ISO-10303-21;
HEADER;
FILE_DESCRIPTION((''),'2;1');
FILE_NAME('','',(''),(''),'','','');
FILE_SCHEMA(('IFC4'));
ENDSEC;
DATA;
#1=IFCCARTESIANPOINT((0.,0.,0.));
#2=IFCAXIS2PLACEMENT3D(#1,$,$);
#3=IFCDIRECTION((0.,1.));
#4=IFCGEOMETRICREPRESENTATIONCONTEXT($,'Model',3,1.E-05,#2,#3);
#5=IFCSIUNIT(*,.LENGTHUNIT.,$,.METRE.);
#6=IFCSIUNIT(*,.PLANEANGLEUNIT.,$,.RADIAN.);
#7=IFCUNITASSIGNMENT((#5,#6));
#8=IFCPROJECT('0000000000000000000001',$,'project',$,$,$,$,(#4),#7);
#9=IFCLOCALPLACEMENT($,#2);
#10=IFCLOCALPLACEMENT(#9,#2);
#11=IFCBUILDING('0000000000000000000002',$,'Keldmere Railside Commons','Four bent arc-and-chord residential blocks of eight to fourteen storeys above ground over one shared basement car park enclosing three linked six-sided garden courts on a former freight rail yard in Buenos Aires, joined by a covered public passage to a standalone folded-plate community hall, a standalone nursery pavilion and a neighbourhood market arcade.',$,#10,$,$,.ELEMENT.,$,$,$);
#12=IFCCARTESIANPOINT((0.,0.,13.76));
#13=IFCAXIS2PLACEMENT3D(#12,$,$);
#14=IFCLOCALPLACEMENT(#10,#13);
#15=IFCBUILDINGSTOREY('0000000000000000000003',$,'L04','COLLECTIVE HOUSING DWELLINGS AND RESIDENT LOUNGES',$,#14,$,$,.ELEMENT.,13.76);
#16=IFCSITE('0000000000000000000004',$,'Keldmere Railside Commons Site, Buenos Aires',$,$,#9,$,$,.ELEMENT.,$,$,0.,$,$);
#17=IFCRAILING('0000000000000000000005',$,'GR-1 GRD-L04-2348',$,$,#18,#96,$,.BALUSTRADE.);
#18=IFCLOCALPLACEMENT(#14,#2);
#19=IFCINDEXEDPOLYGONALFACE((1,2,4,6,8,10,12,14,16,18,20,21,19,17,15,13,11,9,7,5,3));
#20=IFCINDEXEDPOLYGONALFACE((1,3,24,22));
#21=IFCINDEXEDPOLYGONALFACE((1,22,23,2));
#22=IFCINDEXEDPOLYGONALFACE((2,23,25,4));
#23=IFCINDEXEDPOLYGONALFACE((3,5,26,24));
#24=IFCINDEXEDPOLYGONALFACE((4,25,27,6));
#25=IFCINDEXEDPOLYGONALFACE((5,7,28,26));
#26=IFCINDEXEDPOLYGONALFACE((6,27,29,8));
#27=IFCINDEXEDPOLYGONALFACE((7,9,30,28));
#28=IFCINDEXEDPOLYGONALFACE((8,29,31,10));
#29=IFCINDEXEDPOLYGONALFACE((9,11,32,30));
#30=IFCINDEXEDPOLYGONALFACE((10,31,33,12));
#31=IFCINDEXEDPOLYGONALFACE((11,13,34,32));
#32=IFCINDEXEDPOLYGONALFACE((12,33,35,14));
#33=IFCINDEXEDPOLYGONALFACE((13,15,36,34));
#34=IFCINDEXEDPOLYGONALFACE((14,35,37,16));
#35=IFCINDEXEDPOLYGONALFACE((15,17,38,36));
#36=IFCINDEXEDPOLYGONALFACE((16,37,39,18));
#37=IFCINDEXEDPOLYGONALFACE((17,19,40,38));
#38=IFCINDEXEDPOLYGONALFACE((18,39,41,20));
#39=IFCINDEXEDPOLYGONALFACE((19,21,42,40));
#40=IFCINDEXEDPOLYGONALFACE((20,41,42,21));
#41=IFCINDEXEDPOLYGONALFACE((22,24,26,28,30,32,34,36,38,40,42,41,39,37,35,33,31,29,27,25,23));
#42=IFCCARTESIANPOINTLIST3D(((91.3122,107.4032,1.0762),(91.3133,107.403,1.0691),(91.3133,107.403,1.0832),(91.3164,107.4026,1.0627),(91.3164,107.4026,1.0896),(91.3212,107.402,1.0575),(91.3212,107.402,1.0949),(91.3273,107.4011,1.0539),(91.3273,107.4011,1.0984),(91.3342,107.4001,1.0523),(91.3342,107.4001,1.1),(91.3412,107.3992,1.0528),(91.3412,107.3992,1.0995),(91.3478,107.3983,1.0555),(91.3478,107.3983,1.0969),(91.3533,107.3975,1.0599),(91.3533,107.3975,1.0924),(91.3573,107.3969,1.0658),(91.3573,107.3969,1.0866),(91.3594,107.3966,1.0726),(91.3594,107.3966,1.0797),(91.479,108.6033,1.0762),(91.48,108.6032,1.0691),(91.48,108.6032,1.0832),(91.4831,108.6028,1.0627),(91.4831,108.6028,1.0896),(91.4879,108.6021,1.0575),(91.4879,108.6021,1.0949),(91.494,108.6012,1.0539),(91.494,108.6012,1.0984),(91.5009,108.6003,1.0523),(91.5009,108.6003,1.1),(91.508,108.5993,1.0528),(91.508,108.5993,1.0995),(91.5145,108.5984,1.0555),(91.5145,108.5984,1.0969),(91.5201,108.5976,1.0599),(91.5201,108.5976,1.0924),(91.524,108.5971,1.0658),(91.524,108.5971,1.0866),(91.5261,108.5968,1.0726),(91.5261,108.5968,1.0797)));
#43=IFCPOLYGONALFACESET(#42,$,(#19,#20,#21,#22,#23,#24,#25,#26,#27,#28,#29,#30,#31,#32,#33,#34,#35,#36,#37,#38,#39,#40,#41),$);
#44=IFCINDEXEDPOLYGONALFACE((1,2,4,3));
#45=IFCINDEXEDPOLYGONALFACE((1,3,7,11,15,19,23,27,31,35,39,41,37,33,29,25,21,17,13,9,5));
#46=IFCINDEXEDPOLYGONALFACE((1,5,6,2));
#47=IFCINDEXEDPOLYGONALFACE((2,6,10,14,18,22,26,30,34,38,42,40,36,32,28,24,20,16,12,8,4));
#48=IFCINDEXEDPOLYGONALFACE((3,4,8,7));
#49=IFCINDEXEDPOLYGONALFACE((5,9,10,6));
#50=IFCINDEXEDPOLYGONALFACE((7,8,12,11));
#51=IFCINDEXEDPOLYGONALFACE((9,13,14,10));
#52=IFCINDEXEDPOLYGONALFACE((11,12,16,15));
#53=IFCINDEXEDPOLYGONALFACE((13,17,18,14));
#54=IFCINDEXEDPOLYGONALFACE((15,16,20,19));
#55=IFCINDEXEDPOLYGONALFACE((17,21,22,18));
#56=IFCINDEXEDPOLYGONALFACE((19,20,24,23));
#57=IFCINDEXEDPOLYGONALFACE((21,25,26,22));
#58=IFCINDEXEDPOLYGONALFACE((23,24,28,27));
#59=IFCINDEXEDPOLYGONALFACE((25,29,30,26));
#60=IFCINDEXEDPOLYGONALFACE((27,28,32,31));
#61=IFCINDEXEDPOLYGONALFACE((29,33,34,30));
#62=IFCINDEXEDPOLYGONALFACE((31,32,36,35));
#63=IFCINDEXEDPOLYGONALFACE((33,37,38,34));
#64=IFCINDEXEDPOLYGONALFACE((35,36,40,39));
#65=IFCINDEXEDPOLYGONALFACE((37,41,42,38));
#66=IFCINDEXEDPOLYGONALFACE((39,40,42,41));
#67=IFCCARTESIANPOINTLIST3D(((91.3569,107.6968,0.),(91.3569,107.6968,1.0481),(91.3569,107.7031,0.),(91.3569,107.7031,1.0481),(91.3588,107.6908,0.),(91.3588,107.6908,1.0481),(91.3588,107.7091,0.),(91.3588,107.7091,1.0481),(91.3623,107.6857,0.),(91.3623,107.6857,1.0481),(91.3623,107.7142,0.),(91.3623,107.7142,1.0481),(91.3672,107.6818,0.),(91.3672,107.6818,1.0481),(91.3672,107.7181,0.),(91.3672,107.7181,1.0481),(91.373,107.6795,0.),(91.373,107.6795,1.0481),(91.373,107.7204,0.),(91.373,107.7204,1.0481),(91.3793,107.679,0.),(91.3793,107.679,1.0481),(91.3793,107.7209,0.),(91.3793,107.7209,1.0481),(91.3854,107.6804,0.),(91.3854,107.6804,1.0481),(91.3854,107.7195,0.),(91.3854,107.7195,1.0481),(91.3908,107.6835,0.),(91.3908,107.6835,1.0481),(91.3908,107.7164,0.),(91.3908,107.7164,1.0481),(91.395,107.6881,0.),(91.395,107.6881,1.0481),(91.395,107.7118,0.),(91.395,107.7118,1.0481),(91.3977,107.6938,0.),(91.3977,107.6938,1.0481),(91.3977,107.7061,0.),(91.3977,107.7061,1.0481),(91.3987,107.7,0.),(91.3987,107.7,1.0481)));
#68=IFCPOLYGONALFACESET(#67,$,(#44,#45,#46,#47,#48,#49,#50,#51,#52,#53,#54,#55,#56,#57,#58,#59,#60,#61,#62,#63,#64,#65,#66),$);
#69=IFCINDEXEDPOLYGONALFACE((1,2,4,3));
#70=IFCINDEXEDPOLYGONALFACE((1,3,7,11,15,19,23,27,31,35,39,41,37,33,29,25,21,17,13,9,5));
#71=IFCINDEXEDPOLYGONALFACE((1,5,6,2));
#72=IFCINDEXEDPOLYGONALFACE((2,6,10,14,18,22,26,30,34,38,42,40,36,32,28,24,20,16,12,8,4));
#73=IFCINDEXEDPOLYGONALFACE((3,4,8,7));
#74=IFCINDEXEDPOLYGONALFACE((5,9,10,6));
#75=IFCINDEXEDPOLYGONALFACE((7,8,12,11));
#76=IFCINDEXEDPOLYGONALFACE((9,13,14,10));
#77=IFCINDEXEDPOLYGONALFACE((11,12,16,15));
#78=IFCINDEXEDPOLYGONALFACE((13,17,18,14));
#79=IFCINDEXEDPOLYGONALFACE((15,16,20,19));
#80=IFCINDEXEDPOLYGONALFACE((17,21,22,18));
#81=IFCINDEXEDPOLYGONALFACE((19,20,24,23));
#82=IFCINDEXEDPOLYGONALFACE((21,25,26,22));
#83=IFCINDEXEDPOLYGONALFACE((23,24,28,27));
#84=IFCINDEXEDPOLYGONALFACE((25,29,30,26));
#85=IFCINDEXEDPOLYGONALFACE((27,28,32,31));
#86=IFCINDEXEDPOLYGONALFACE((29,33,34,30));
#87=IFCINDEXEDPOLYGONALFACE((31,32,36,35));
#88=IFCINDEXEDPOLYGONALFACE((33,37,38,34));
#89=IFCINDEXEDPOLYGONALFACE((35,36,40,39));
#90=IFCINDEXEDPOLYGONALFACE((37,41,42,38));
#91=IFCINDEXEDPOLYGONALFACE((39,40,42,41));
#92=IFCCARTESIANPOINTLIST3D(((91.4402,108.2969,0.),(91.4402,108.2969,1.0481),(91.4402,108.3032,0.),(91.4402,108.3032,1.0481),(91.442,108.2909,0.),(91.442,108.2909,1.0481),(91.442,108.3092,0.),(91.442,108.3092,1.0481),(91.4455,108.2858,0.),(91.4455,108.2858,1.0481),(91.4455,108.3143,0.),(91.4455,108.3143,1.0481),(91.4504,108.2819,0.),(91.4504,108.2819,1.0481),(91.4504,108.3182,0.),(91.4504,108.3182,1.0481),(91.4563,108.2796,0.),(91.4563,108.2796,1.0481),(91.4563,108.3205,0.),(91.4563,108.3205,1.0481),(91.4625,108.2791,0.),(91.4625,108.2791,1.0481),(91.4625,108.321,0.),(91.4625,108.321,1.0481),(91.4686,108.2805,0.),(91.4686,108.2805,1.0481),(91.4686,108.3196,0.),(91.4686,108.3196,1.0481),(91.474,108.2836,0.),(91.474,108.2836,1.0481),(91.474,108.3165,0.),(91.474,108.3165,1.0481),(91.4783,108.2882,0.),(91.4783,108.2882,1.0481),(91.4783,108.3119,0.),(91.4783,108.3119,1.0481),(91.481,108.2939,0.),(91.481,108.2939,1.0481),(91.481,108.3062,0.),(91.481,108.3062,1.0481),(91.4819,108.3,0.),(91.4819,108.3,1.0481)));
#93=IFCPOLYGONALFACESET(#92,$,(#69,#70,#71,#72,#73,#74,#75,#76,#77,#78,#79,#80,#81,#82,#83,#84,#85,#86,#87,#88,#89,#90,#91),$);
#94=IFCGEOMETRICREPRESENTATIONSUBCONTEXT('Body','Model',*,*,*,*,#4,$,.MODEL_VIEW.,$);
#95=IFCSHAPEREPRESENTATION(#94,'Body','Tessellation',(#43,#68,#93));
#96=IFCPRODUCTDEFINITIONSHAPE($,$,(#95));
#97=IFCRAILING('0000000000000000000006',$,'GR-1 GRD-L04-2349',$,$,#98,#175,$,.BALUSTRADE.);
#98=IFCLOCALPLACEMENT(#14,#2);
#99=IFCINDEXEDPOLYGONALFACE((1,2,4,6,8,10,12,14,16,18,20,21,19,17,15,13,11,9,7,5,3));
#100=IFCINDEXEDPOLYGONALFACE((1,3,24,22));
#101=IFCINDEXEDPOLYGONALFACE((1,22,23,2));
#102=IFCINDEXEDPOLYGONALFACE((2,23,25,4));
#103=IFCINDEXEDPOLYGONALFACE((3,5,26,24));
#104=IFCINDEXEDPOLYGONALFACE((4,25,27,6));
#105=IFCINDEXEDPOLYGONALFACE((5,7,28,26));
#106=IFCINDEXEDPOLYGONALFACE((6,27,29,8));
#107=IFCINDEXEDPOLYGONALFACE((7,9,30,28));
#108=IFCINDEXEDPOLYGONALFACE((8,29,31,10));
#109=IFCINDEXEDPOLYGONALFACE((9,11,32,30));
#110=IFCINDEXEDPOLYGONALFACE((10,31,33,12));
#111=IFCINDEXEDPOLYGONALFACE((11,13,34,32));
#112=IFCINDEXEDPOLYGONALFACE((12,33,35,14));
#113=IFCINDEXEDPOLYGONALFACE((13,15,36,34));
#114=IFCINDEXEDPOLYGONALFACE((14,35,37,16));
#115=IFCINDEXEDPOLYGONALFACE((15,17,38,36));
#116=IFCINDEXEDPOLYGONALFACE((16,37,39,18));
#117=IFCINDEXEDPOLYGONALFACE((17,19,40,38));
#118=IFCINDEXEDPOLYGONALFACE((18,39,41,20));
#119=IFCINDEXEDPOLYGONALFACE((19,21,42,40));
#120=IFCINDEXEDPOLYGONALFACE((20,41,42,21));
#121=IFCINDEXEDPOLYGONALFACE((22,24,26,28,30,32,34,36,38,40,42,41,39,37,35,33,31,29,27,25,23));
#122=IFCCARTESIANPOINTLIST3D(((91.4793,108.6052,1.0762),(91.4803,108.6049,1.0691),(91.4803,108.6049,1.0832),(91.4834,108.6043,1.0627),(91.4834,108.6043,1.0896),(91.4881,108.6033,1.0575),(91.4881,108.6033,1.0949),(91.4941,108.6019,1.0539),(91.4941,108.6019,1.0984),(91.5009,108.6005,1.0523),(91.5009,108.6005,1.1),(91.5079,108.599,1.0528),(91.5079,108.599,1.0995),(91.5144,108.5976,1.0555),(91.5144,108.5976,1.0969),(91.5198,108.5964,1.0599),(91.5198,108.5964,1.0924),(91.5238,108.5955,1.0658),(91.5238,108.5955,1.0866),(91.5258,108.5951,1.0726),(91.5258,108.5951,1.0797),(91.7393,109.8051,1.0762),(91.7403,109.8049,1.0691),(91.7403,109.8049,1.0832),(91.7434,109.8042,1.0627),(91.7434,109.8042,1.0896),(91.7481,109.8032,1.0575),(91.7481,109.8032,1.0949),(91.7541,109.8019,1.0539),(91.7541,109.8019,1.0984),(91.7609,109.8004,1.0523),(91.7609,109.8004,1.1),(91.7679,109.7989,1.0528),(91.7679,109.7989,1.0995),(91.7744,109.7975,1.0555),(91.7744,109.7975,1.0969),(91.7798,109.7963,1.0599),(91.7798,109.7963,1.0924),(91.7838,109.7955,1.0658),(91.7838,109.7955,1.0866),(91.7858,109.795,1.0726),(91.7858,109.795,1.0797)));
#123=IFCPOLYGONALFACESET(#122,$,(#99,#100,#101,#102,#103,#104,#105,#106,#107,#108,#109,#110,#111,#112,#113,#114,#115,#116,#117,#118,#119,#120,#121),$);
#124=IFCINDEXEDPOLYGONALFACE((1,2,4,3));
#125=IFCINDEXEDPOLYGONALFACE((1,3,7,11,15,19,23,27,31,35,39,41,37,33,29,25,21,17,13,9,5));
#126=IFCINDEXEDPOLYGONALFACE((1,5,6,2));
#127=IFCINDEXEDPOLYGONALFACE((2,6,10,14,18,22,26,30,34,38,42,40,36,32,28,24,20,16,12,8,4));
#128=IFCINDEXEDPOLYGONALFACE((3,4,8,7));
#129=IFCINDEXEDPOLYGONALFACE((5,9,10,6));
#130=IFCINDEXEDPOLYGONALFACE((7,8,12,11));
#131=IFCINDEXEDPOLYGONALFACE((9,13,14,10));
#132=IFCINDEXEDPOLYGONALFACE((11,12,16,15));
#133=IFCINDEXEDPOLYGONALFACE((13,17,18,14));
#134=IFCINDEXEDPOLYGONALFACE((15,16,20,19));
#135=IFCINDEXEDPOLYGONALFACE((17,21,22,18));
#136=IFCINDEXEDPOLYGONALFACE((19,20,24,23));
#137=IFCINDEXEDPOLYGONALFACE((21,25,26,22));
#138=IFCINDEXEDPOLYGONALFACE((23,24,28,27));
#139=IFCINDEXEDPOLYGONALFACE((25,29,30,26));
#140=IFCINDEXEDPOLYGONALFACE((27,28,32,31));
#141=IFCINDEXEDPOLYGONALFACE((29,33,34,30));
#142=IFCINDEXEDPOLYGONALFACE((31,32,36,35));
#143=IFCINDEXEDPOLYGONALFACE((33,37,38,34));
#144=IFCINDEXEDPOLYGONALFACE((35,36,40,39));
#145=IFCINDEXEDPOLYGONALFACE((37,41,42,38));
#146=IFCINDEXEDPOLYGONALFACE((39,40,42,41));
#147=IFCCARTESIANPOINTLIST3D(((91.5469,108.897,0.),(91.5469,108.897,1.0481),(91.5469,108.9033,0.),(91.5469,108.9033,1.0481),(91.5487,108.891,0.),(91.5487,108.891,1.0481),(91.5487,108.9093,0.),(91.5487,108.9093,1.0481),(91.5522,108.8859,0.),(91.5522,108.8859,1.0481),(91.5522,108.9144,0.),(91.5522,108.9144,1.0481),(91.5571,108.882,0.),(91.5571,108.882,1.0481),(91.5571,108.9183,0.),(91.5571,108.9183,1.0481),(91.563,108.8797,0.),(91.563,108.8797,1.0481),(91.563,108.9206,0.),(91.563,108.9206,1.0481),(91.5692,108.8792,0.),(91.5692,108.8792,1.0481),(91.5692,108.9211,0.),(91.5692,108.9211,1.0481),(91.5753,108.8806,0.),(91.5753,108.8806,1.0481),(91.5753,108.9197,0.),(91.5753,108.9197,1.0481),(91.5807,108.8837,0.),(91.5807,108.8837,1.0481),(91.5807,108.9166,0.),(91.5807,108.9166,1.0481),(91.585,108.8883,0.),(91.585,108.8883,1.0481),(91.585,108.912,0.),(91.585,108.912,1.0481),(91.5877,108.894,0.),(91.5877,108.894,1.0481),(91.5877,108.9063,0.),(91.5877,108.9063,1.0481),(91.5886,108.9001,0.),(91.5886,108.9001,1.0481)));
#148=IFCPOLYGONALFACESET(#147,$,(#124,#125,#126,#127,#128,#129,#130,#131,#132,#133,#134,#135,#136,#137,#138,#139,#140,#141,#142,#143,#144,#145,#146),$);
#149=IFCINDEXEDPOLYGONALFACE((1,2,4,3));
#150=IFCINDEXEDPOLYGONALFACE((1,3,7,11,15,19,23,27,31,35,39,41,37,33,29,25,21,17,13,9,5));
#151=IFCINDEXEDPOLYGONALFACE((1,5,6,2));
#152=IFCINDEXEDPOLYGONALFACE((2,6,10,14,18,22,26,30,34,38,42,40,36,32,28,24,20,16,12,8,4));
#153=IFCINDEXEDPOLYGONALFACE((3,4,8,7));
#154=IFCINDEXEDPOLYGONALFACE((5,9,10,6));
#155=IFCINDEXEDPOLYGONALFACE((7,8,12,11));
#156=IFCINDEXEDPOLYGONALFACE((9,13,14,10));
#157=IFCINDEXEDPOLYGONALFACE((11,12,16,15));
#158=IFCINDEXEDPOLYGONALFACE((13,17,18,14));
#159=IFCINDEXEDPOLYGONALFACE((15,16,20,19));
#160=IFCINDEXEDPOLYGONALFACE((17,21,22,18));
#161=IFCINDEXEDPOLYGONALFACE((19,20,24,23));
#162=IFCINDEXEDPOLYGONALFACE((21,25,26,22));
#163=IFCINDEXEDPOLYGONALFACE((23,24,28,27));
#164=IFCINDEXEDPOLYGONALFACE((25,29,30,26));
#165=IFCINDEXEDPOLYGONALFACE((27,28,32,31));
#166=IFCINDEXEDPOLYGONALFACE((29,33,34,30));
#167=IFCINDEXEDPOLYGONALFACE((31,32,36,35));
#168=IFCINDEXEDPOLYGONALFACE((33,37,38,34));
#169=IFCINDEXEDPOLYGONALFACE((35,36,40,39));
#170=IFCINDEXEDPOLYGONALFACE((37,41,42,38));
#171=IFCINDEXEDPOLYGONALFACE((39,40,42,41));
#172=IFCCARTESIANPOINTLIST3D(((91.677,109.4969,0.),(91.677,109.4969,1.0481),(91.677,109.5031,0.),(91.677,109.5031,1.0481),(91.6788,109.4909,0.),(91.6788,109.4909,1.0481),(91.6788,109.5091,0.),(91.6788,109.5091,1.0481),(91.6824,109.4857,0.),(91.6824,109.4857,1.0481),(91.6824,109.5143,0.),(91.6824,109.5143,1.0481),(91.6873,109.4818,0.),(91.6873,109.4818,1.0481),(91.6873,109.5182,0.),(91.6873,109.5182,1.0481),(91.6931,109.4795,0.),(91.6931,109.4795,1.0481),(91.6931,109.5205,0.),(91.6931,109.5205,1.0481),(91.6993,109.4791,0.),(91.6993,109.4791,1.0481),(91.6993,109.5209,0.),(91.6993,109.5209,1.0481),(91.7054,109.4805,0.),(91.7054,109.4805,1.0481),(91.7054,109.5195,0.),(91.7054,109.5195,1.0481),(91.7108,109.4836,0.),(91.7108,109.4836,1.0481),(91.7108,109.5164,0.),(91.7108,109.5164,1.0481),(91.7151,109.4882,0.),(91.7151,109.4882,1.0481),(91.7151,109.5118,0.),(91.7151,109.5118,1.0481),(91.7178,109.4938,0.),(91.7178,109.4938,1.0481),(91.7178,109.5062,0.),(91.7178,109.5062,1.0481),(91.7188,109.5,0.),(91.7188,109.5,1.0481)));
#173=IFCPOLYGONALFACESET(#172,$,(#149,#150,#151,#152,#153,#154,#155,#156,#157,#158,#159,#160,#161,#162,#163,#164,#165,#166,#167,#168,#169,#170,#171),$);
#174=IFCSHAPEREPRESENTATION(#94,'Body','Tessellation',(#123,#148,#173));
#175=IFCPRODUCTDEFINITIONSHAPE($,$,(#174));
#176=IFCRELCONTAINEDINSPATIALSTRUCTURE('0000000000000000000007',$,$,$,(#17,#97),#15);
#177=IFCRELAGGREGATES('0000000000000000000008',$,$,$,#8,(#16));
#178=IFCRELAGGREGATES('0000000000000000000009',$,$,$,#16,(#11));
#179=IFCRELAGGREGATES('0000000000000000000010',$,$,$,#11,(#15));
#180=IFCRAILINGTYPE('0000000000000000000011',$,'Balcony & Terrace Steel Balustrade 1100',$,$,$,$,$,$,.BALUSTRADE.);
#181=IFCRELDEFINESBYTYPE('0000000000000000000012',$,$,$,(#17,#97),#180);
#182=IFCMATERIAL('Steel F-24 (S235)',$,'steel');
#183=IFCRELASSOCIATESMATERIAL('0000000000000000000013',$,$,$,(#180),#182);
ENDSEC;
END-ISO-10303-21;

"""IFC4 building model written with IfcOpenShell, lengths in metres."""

from ifc_helpers import new_model, si_unit, direction, frame, origin, origin_2d, place, context, subcontext, project, spatial, circle, extrude, material, type_object, element, save


model = new_model("IFC4")

# Units and contexts
model_context = context("Model", 3, precision=1e-05, world=origin(), true_north=direction((0.0, 1.0)))
body_context = subcontext(model_context, "Body", "Model", "MODEL_VIEW")
ifc_project = project(units=[si_unit("LENGTHUNIT", "METRE"), si_unit("PLANEANGLEUNIT", "RADIAN")], contexts=[model_context])

# Site, building, storey
site_placement = place(None, origin())
site = spatial("IfcSite", under=ifc_project, at=site_placement, Name="Keldmere Railside Commons Site, Buenos Aires", CompositionType="ELEMENT", RefElevation=0.0)
building_placement = place(site_placement, origin())
building = spatial("IfcBuilding", under=site, at=building_placement, Name="Keldmere Railside Commons", Description="Four bent arc-and-chord residential blocks of eight to fourteen storeys above ground over one shared basement car park enclosing three linked six-sided garden courts on a former freight rail yard in Buenos Aires, joined by a covered public passage to a standalone folded-plate community hall, a standalone nursery pavilion and a neighbourhood market arcade.", CompositionType="ELEMENT")
storey_placement = place(building_placement, frame((0.0, 0.0, 13.76)))
storey = spatial("IfcBuildingStorey", under=building, at=storey_placement, Name="L04", Description="COLLECTIVE HOUSING DWELLINGS AND RESIDENT LOUNGES", CompositionType="ELEMENT", Elevation=13.76)

# Railings
ifc_material = material(Name="Steel F-24 (S235)", Category="steel")
railing_type = type_object("IfcRailingType", Name="Balcony & Terrace Steel Balustrade 1100", PredefinedType="BALUSTRADE", material=ifc_material)
railing_1_placement = place(storey_placement, frame((91.3359, 107.3999, 0.0)))
element("IfcRailing", 1, at=railing_1_placement, inside=storey, type_object=railing_type, Name="GR-1 GRD-L04-2348", PredefinedType="BALUSTRADE", context=body_context, shape_type="SweptSolid", body=[
    extrude(circle(Radius=0.0239, at=origin_2d()), frame((0.0, 0.0, 1.0762), z_axis=(0.137612, 0.990486, 0.0), x_axis=(-0.990486, 0.137612, 0.0)), (0.0, 0.0, 1.0), 1.2117),
    extrude(circle(Radius=0.021, at=origin_2d()), frame((0.0417, 0.3, 0.0)), (0.0, 0.0, 1.0), 1.0481),
    extrude(circle(Radius=0.021, at=origin_2d()), frame((0.125, 0.9001, 0.0)), (0.0, 0.0, 1.0), 1.0481),
])
railing_2_placement = place(storey_placement, frame((91.5027, 108.6001, 0.0)))
element("IfcRailing", 2, at=railing_2_placement, inside=storey, type_object=railing_type, Name="GR-1 GRD-L04-2349", PredefinedType="BALUSTRADE", context=body_context, shape_type="SweptSolid", body=[
    extrude(circle(Radius=0.0239, at=origin_2d()), frame((0.0, 0.0, 1.0762), z_axis=(0.211769, 0.97732, 0.0), x_axis=(-0.97732, 0.211769, 0.0)), (0.0, 0.0, 1.0), 1.2278),
    extrude(circle(Radius=0.021, at=origin_2d()), frame((0.0649, 0.3, 0.0)), (0.0, 0.0, 1.0), 1.0481),
    extrude(circle(Radius=0.021, at=origin_2d()), frame((0.1951, 0.8999, 0.0)), (0.0, 0.0, 1.0), 1.0481),
])

save(model, "model.ifc")
